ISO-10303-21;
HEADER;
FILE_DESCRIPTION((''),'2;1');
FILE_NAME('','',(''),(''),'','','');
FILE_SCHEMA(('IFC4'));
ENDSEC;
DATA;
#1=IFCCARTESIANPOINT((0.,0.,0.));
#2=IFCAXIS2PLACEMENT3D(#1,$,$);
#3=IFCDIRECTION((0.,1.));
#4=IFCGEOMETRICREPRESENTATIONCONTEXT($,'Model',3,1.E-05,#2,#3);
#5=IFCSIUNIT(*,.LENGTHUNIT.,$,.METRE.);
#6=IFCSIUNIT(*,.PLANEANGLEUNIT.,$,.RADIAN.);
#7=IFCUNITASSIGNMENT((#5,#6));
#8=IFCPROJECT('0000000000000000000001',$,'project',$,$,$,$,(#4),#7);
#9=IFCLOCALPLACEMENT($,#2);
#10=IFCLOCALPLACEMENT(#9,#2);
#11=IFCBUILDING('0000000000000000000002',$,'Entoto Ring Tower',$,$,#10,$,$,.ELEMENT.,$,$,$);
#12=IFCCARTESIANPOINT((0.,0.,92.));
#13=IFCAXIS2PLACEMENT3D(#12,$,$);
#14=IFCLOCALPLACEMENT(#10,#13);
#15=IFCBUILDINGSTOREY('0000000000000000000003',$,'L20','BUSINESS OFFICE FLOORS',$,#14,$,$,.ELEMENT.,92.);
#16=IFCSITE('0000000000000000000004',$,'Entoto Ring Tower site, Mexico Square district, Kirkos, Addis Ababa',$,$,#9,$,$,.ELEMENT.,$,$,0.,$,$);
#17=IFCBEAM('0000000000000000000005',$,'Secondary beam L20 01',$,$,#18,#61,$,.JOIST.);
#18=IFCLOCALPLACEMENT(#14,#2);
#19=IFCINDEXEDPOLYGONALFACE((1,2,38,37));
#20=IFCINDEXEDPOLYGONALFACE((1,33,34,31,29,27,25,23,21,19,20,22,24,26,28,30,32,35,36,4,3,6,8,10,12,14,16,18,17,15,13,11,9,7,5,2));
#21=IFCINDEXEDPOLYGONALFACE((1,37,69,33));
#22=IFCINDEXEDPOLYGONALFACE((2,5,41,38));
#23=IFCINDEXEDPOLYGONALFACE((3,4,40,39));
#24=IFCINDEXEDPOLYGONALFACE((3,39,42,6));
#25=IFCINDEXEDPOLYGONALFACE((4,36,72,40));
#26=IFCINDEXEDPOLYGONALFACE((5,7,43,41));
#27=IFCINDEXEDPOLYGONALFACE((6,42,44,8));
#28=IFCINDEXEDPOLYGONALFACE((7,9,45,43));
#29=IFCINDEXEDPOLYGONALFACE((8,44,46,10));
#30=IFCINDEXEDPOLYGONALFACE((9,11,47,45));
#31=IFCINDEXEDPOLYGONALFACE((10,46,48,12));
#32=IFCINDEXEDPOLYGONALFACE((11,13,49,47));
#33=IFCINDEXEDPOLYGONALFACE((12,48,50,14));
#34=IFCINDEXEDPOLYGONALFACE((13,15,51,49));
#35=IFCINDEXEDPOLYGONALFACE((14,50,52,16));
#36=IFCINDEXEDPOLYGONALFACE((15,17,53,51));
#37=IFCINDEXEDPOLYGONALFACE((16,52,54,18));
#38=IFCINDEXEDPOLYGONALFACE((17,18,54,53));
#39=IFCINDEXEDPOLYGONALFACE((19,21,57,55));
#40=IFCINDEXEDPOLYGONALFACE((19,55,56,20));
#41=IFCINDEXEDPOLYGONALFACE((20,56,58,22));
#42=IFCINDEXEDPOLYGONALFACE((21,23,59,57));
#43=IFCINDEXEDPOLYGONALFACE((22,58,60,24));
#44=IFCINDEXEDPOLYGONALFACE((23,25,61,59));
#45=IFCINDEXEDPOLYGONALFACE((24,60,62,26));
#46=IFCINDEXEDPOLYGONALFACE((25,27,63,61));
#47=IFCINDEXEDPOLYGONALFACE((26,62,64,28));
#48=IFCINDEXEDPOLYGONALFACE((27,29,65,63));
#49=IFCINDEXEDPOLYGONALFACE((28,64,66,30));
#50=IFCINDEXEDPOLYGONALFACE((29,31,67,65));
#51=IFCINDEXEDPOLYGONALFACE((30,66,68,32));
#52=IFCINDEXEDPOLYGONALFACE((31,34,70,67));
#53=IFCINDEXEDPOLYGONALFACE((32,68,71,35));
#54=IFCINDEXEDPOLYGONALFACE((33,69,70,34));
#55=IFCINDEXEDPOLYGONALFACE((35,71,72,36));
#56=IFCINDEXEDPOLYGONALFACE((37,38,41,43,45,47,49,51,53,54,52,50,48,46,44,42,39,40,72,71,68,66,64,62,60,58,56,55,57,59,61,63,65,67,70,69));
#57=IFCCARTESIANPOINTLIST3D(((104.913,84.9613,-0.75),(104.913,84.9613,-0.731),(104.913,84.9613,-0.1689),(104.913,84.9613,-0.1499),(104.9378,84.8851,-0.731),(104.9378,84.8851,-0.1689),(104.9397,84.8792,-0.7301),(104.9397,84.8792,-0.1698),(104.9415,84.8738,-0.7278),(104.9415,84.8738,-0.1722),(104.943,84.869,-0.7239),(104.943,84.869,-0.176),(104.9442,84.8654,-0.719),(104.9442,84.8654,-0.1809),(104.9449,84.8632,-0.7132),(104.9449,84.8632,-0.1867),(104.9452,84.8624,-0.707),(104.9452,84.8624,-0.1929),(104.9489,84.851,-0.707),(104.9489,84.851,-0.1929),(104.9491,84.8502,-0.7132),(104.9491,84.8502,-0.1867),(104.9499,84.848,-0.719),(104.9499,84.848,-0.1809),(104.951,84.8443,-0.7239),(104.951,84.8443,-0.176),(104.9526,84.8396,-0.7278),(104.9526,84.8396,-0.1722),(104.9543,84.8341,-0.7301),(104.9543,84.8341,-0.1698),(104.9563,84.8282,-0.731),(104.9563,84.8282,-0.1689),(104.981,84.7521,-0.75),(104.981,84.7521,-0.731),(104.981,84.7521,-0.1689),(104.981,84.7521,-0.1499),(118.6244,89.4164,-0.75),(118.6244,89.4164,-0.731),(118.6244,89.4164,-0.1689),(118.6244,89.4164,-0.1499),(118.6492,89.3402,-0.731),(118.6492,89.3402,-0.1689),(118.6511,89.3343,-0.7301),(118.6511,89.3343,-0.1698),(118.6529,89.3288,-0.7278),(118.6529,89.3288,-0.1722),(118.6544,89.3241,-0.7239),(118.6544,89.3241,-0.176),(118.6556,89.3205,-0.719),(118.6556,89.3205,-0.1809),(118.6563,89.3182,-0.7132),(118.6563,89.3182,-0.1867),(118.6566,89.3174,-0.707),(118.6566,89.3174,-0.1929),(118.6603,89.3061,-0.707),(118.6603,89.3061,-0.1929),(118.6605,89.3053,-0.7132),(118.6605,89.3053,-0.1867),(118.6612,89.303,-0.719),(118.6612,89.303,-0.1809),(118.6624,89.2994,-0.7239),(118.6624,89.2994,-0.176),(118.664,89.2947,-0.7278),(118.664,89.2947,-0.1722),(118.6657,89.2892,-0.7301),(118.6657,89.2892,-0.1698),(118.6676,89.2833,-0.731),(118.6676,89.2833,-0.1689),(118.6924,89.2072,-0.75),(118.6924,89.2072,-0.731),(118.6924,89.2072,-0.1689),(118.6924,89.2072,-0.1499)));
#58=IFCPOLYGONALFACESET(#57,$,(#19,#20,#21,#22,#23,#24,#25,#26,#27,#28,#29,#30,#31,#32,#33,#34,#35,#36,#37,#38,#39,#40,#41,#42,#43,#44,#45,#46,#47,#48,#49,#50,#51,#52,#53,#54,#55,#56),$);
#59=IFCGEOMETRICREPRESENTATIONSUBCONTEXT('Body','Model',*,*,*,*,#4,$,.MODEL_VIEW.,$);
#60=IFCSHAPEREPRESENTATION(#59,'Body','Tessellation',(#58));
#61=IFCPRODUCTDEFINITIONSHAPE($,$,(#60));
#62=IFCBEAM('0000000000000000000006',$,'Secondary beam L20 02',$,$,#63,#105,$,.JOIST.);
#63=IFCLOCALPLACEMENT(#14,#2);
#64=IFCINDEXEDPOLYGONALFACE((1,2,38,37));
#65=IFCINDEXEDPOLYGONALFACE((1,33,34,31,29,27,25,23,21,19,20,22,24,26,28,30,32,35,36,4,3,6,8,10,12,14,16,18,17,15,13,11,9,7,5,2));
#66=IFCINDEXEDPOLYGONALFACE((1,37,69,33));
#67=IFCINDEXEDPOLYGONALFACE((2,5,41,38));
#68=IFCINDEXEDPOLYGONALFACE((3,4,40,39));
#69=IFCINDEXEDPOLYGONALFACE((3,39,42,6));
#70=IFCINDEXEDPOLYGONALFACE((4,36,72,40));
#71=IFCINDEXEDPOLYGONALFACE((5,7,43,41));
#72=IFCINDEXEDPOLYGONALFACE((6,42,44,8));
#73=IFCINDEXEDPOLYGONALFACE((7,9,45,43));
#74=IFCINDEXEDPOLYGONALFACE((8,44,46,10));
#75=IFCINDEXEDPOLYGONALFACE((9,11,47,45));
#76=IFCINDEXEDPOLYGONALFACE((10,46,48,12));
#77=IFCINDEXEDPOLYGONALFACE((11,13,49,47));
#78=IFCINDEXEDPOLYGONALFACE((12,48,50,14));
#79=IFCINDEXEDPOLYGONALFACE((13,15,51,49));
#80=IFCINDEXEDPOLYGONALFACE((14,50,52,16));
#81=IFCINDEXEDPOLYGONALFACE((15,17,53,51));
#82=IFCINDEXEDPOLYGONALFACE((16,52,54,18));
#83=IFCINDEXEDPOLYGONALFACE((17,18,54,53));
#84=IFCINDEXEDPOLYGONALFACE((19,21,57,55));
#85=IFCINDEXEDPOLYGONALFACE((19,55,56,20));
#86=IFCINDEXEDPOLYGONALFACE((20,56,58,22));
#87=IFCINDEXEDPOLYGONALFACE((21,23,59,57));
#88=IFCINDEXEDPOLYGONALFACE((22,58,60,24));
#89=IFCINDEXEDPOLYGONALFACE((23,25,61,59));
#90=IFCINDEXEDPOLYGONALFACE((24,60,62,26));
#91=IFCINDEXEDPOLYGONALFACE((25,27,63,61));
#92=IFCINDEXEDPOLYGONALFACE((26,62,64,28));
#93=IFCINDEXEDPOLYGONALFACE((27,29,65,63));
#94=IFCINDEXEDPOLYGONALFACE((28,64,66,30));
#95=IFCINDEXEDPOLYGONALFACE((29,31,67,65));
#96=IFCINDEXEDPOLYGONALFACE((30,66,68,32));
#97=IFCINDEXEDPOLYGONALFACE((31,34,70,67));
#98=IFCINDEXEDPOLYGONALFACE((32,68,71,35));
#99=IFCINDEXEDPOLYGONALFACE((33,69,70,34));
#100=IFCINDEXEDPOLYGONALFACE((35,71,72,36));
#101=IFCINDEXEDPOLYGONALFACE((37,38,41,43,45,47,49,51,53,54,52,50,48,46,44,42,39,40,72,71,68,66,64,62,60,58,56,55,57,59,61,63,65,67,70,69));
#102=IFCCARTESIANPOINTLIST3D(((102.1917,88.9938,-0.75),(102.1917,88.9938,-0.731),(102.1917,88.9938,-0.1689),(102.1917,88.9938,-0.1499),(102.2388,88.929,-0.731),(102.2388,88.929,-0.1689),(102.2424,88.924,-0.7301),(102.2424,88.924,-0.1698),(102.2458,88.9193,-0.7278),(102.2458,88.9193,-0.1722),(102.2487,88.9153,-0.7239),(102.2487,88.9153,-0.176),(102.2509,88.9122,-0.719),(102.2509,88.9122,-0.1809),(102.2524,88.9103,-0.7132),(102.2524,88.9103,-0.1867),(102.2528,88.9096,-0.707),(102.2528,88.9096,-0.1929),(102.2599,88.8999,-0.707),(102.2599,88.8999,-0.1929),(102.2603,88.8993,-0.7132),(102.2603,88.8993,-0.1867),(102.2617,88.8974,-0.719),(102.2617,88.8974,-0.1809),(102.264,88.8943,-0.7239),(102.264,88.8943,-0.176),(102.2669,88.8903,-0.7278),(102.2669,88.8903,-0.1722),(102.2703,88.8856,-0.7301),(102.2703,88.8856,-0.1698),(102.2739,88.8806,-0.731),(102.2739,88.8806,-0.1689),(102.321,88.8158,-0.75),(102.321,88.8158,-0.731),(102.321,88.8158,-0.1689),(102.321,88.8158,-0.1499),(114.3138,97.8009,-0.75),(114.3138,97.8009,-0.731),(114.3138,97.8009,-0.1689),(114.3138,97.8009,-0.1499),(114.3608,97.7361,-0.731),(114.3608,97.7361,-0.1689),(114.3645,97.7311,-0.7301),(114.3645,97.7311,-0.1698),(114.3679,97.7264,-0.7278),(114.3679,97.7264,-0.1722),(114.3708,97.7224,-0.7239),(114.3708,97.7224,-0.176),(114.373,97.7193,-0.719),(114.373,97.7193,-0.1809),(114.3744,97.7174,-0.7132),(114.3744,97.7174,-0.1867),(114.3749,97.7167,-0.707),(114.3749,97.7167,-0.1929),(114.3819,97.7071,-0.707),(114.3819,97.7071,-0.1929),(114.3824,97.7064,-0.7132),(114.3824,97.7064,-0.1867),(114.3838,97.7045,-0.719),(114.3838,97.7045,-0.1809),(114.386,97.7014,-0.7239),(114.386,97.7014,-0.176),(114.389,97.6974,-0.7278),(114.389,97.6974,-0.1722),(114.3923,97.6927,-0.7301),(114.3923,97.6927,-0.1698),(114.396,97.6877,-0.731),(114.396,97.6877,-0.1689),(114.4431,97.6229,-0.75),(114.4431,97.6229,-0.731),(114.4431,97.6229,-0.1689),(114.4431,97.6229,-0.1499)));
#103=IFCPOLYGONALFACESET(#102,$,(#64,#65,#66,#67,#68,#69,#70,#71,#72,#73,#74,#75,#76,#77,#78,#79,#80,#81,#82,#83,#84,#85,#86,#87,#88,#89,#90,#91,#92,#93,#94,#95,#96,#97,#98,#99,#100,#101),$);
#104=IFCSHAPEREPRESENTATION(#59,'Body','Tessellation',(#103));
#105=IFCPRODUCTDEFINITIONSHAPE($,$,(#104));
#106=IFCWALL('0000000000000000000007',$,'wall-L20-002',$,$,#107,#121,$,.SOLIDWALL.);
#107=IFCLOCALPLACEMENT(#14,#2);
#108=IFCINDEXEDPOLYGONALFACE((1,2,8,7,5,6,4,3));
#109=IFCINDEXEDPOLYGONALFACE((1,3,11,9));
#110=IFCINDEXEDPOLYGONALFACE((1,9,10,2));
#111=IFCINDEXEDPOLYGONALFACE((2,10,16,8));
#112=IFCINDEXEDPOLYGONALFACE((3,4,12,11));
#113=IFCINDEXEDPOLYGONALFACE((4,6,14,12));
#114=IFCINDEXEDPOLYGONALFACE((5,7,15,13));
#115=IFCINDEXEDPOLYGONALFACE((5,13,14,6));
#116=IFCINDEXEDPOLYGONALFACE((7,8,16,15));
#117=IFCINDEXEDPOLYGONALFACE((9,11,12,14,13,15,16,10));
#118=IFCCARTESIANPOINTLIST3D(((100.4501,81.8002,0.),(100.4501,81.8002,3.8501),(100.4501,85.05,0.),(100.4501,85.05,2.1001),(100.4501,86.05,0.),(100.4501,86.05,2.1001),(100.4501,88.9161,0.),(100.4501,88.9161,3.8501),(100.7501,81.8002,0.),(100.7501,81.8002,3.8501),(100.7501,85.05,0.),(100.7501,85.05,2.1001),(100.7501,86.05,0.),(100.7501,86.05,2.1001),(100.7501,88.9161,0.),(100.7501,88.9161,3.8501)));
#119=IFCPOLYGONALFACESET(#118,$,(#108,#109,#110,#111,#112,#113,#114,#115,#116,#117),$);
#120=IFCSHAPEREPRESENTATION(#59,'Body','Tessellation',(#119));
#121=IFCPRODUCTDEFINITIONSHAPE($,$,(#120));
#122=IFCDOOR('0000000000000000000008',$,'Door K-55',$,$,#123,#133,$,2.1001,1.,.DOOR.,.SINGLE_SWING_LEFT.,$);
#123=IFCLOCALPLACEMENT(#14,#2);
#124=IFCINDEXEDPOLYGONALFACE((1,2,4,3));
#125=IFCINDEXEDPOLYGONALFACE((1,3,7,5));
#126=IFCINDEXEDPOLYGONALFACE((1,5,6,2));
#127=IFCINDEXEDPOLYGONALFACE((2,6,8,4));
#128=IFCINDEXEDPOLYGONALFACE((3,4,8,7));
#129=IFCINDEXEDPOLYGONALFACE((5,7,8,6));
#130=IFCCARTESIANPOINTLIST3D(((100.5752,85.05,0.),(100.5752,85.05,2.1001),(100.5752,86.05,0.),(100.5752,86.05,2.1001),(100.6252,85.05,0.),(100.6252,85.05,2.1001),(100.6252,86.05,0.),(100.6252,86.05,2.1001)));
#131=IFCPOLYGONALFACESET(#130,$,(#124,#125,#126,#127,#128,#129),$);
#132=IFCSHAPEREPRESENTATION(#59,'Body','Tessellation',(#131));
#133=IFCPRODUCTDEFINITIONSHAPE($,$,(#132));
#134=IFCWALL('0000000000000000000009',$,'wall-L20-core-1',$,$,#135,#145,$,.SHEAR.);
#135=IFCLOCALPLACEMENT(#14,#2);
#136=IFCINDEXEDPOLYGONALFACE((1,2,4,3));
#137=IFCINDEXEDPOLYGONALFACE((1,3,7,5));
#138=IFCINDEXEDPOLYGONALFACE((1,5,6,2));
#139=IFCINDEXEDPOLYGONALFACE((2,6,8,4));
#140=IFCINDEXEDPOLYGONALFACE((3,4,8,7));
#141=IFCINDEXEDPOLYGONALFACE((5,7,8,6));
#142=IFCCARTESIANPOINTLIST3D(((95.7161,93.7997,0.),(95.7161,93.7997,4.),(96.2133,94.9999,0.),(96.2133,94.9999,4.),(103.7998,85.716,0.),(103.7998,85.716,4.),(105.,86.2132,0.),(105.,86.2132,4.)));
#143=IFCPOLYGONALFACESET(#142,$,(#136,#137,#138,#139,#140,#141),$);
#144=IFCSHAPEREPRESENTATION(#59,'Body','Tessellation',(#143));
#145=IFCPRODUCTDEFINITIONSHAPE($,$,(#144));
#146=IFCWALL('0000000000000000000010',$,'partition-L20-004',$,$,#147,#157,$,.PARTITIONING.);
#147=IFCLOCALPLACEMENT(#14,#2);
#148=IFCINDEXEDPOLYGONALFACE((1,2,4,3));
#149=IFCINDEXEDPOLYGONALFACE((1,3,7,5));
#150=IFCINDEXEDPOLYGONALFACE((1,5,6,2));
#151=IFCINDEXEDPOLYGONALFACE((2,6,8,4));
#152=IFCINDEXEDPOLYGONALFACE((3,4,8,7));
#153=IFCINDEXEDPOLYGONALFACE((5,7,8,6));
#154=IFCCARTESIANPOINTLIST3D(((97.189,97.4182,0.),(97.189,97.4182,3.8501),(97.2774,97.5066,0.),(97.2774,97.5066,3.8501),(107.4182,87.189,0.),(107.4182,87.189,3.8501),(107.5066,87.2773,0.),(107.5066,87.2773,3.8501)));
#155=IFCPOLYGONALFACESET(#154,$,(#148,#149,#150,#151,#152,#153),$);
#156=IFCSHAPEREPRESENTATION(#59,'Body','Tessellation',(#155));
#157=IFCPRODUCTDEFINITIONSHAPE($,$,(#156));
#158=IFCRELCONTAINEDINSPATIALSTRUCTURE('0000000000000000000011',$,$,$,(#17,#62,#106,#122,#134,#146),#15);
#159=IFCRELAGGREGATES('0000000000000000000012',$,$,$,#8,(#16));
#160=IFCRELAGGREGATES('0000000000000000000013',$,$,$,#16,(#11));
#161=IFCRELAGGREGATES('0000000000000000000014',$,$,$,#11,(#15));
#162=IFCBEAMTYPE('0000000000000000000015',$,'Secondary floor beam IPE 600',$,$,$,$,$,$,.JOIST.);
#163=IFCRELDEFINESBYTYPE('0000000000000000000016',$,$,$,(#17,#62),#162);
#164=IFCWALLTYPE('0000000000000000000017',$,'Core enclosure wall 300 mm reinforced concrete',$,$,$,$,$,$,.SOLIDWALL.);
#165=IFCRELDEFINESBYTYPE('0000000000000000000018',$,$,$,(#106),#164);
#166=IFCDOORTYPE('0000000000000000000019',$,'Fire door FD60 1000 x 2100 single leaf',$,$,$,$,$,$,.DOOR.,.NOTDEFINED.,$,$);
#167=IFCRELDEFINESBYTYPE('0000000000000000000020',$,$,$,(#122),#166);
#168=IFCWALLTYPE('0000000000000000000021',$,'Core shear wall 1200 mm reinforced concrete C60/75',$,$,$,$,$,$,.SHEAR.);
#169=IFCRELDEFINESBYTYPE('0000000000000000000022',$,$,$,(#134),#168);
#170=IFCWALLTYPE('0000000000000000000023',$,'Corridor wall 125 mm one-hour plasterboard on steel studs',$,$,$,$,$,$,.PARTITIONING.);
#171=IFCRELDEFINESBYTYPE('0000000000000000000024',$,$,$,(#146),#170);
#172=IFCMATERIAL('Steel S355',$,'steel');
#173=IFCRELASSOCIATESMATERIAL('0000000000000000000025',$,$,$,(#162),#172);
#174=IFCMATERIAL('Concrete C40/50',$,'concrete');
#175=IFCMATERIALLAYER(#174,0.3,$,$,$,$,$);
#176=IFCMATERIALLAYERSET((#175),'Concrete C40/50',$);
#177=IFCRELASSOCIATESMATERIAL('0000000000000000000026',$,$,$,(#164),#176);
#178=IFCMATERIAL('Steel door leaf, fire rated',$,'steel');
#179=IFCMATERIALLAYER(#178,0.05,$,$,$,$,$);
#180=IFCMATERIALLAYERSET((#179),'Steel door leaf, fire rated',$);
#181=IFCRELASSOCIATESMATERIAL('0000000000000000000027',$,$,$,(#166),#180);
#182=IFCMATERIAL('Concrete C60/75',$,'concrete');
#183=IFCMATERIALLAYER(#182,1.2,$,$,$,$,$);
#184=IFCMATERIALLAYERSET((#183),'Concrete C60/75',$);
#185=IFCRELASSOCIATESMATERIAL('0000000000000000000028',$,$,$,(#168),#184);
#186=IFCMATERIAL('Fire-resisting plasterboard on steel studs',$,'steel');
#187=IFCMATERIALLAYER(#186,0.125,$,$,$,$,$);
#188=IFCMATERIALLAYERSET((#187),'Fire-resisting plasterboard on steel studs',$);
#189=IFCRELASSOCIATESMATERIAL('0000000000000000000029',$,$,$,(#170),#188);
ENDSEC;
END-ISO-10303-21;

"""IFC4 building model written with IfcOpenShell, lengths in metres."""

from ifc_helpers import new_model, si_unit, direction, frame, frame_2d, origin, origin_2d, place, context, subcontext, project, spatial, polyline, rectangle, i_section, outline, extrude, material, layer, layer_set, material_profile, profile_set, type_object, element, fill, save


model = new_model("IFC4")

# Units and contexts
model_context = context("Model", 3, precision=1e-05, world=origin(), true_north=direction((0.0, 1.0)))
body_context = subcontext(model_context, "Body", "Model", "MODEL_VIEW")
ifc_project = project(units=[si_unit("LENGTHUNIT", "METRE"), si_unit("PLANEANGLEUNIT", "RADIAN")], contexts=[model_context])

# Site, building, storey
site_placement = place(None, origin())
site = spatial("IfcSite", under=ifc_project, at=site_placement, Name="Entoto Ring Tower site, Mexico Square district, Kirkos, Addis Ababa", CompositionType="ELEMENT", RefElevation=0.0)
building_placement = place(site_placement, origin())
building = spatial("IfcBuilding", under=site, at=building_placement, Name="Entoto Ring Tower", CompositionType="ELEMENT")
storey_placement = place(building_placement, frame((0.0, 0.0, 92.0)))
storey = spatial("IfcBuildingStorey", under=building, at=storey_placement, Name="L20", Description="BUSINESS OFFICE FLOORS", CompositionType="ELEMENT", Elevation=92.0)

# Beams
ifc_material_1 = material(Name="Steel S355", Category="steel")
ifc_material_profile_1 = material_profile(ifc_material_1, i_section(OverallWidth=0.22, OverallDepth=0.6001, WebThickness=0.012, FlangeThickness=0.019, FilletRadius=0.0239, at=origin_2d()), Name="IPE 600")
ifc_profile_set_1 = profile_set([ifc_material_profile_1], Name="Steel S355")
beam_type_1 = type_object("IfcBeamType", Name="Secondary floor beam IPE 600", PredefinedType="JOIST", material=ifc_profile_set_1)
beam_1_placement = place(storey_placement, frame((104.947, 84.8567, -0.45), z_axis=(0.951057, 0.309015, 0.0), x_axis=(-0.309015, 0.951057, 0.0)))
element("IfcBeam", 1, at=beam_1_placement, inside=storey, type_object=beam_type_1, Name="Secondary beam L20 01", PredefinedType="JOIST", context=body_context, shape_type="SweptSolid", body=[
    extrude(i_section(OverallWidth=0.22, OverallDepth=0.6001, WebThickness=0.012, FlangeThickness=0.019, FilletRadius=0.0239, at=origin_2d()), origin(), (0.0, 0.0, 1.0), 14.417),
])
beam_2_placement = place(storey_placement, frame((102.2563, 88.9048, -0.45), z_axis=(0.809019, 0.587782, 0.0), x_axis=(-0.587782, 0.809019, 0.0)))
element("IfcBeam", 2, at=beam_2_placement, inside=storey, type_object=beam_type_1, Name="Secondary beam L20 02", PredefinedType="JOIST", context=body_context, shape_type="SweptSolid", body=[
    extrude(i_section(OverallWidth=0.22, OverallDepth=0.6001, WebThickness=0.012, FlangeThickness=0.019, FilletRadius=0.0239, at=origin_2d()), origin(), (0.0, 0.0, 1.0), 14.9836),
])

# Wall, opening, door
ifc_material_2 = material(Name="Concrete C40/50", Category="concrete")
ifc_layer_1 = layer(ifc_material_2, 0.3)
ifc_layer_set_1 = layer_set([ifc_layer_1], Name="Concrete C40/50")
wall_type_1 = type_object("IfcWallType", Name="Core enclosure wall 300 mm reinforced concrete", PredefinedType="SOLIDWALL", material=ifc_layer_set_1)
wall_1_placement = place(storey_placement, frame((100.6001, 81.8, 0.0), z_axis=(0.0, 0.0, 1.0), x_axis=(0.0, 1.0, 0.0)))
wall_1 = element("IfcWall", 3, at=wall_1_placement, inside=storey, type_object=wall_type_1, Name="wall-L20-002", PredefinedType="SOLIDWALL", context=body_context, shape_type="SweptSolid", body=[
    extrude(rectangle(XDim=7.116, YDim=0.3, at=frame_2d((3.5581, 0.0))), origin(), (0.0, 0.0, 1.0), 3.8501),
])
opening_1_placement = place(wall_1_placement, frame((3.25, 0.0, 0.0)))
opening_1 = element("IfcOpeningElement", 4, at=opening_1_placement, cuts=wall_1, PredefinedType="OPENING", context=body_context, shape_type="SweptSolid", body=[
    extrude(rectangle(XDim=1.0, YDim=2.1001, at=frame_2d((0.5, 1.05))), frame((0.0, 0.1602, 0.0), z_axis=(0.0, -1.0, 0.0), x_axis=(1.0, 0.0, 0.0)), (0.0, 0.0, 1.0), 0.3201),
])
ifc_material_3 = material(Name="Steel door leaf, fire rated", Category="steel")
ifc_layer_2 = layer(ifc_material_3, 0.05)
ifc_layer_set_2 = layer_set([ifc_layer_2], Name="Steel door leaf, fire rated")
door_type_1 = type_object("IfcDoorType", Name="Fire door FD60 1000 x 2100 single leaf", OperationType="NOTDEFINED", PredefinedType="DOOR", material=ifc_layer_set_2)
door_1_placement = place(opening_1_placement, origin())
door_1 = element("IfcDoor", 5, at=door_1_placement, inside=storey, type_object=door_type_1, Name="Door K-55", OperationType="SINGLE_SWING_LEFT", OverallHeight=2.1001, OverallWidth=1.0, PredefinedType="DOOR", context=body_context, shape_type="SweptSolid", body=[
    extrude(rectangle(XDim=1.0, YDim=2.1001, at=frame_2d((0.5, 1.05))), frame((0.0, 0.0249, 0.0), z_axis=(0.0, -1.0, 0.0), x_axis=(1.0, 0.0, 0.0)), (0.0, 0.0, 1.0), 0.05),
])
fill(opening_1, door_1)

# Walls
ifc_material_4 = material(Name="Concrete C60/75", Category="concrete")
ifc_layer_3 = layer(ifc_material_4, 1.2)
ifc_layer_set_3 = layer_set([ifc_layer_3], Name="Concrete C60/75")
wall_type_2 = type_object("IfcWallType", Name="Core shear wall 1200 mm reinforced concrete C60/75", PredefinedType="SHEAR", material=ifc_layer_set_3)
wall_2_placement = place(storey_placement, frame((104.3999, 85.9646, 0.0), z_axis=(0.0, 0.0, 1.0), x_axis=(-0.707107, 0.707107, 0.0)))
element("IfcWall", 6, at=wall_2_placement, inside=storey, type_object=wall_type_2, Name="wall-L20-core-1", PredefinedType="SHEAR", context=body_context, shape_type="SweptSolid", body=[
    extrude(outline(polyline([(-0.2485, -0.6001), (12.1777, -0.6001), (11.6807, 0.6001), (0.2485, 0.6001), (-0.2485, -0.6001)])), origin(), (0.0, 0.0, 1.0), 4.0),
])
ifc_material_5 = material(Name="Fire-resisting plasterboard on steel studs", Category="steel")
ifc_layer_4 = layer(ifc_material_5, 0.125)
ifc_layer_set_4 = layer_set([ifc_layer_4], Name="Fire-resisting plasterboard on steel studs")
wall_type_3 = type_object("IfcWallType", Name="Corridor wall 125 mm one-hour plasterboard on steel studs", PredefinedType="PARTITIONING", material=ifc_layer_set_4)
wall_3_placement = place(storey_placement, frame((107.4624, 87.2332, 0.0), z_axis=(0.0, 0.0, 1.0), x_axis=(-0.707107, 0.707107, 0.0)))
element("IfcWall", 7, at=wall_3_placement, inside=storey, type_object=wall_type_3, Name="partition-L20-004", PredefinedType="PARTITIONING", context=body_context, shape_type="SweptSolid", body=[
    extrude(rectangle(XDim=14.4663, YDim=0.125, at=frame_2d((7.2332, 0.0))), origin(), (0.0, 0.0, 1.0), 3.8501),
])

save(model, "model.ifc")
